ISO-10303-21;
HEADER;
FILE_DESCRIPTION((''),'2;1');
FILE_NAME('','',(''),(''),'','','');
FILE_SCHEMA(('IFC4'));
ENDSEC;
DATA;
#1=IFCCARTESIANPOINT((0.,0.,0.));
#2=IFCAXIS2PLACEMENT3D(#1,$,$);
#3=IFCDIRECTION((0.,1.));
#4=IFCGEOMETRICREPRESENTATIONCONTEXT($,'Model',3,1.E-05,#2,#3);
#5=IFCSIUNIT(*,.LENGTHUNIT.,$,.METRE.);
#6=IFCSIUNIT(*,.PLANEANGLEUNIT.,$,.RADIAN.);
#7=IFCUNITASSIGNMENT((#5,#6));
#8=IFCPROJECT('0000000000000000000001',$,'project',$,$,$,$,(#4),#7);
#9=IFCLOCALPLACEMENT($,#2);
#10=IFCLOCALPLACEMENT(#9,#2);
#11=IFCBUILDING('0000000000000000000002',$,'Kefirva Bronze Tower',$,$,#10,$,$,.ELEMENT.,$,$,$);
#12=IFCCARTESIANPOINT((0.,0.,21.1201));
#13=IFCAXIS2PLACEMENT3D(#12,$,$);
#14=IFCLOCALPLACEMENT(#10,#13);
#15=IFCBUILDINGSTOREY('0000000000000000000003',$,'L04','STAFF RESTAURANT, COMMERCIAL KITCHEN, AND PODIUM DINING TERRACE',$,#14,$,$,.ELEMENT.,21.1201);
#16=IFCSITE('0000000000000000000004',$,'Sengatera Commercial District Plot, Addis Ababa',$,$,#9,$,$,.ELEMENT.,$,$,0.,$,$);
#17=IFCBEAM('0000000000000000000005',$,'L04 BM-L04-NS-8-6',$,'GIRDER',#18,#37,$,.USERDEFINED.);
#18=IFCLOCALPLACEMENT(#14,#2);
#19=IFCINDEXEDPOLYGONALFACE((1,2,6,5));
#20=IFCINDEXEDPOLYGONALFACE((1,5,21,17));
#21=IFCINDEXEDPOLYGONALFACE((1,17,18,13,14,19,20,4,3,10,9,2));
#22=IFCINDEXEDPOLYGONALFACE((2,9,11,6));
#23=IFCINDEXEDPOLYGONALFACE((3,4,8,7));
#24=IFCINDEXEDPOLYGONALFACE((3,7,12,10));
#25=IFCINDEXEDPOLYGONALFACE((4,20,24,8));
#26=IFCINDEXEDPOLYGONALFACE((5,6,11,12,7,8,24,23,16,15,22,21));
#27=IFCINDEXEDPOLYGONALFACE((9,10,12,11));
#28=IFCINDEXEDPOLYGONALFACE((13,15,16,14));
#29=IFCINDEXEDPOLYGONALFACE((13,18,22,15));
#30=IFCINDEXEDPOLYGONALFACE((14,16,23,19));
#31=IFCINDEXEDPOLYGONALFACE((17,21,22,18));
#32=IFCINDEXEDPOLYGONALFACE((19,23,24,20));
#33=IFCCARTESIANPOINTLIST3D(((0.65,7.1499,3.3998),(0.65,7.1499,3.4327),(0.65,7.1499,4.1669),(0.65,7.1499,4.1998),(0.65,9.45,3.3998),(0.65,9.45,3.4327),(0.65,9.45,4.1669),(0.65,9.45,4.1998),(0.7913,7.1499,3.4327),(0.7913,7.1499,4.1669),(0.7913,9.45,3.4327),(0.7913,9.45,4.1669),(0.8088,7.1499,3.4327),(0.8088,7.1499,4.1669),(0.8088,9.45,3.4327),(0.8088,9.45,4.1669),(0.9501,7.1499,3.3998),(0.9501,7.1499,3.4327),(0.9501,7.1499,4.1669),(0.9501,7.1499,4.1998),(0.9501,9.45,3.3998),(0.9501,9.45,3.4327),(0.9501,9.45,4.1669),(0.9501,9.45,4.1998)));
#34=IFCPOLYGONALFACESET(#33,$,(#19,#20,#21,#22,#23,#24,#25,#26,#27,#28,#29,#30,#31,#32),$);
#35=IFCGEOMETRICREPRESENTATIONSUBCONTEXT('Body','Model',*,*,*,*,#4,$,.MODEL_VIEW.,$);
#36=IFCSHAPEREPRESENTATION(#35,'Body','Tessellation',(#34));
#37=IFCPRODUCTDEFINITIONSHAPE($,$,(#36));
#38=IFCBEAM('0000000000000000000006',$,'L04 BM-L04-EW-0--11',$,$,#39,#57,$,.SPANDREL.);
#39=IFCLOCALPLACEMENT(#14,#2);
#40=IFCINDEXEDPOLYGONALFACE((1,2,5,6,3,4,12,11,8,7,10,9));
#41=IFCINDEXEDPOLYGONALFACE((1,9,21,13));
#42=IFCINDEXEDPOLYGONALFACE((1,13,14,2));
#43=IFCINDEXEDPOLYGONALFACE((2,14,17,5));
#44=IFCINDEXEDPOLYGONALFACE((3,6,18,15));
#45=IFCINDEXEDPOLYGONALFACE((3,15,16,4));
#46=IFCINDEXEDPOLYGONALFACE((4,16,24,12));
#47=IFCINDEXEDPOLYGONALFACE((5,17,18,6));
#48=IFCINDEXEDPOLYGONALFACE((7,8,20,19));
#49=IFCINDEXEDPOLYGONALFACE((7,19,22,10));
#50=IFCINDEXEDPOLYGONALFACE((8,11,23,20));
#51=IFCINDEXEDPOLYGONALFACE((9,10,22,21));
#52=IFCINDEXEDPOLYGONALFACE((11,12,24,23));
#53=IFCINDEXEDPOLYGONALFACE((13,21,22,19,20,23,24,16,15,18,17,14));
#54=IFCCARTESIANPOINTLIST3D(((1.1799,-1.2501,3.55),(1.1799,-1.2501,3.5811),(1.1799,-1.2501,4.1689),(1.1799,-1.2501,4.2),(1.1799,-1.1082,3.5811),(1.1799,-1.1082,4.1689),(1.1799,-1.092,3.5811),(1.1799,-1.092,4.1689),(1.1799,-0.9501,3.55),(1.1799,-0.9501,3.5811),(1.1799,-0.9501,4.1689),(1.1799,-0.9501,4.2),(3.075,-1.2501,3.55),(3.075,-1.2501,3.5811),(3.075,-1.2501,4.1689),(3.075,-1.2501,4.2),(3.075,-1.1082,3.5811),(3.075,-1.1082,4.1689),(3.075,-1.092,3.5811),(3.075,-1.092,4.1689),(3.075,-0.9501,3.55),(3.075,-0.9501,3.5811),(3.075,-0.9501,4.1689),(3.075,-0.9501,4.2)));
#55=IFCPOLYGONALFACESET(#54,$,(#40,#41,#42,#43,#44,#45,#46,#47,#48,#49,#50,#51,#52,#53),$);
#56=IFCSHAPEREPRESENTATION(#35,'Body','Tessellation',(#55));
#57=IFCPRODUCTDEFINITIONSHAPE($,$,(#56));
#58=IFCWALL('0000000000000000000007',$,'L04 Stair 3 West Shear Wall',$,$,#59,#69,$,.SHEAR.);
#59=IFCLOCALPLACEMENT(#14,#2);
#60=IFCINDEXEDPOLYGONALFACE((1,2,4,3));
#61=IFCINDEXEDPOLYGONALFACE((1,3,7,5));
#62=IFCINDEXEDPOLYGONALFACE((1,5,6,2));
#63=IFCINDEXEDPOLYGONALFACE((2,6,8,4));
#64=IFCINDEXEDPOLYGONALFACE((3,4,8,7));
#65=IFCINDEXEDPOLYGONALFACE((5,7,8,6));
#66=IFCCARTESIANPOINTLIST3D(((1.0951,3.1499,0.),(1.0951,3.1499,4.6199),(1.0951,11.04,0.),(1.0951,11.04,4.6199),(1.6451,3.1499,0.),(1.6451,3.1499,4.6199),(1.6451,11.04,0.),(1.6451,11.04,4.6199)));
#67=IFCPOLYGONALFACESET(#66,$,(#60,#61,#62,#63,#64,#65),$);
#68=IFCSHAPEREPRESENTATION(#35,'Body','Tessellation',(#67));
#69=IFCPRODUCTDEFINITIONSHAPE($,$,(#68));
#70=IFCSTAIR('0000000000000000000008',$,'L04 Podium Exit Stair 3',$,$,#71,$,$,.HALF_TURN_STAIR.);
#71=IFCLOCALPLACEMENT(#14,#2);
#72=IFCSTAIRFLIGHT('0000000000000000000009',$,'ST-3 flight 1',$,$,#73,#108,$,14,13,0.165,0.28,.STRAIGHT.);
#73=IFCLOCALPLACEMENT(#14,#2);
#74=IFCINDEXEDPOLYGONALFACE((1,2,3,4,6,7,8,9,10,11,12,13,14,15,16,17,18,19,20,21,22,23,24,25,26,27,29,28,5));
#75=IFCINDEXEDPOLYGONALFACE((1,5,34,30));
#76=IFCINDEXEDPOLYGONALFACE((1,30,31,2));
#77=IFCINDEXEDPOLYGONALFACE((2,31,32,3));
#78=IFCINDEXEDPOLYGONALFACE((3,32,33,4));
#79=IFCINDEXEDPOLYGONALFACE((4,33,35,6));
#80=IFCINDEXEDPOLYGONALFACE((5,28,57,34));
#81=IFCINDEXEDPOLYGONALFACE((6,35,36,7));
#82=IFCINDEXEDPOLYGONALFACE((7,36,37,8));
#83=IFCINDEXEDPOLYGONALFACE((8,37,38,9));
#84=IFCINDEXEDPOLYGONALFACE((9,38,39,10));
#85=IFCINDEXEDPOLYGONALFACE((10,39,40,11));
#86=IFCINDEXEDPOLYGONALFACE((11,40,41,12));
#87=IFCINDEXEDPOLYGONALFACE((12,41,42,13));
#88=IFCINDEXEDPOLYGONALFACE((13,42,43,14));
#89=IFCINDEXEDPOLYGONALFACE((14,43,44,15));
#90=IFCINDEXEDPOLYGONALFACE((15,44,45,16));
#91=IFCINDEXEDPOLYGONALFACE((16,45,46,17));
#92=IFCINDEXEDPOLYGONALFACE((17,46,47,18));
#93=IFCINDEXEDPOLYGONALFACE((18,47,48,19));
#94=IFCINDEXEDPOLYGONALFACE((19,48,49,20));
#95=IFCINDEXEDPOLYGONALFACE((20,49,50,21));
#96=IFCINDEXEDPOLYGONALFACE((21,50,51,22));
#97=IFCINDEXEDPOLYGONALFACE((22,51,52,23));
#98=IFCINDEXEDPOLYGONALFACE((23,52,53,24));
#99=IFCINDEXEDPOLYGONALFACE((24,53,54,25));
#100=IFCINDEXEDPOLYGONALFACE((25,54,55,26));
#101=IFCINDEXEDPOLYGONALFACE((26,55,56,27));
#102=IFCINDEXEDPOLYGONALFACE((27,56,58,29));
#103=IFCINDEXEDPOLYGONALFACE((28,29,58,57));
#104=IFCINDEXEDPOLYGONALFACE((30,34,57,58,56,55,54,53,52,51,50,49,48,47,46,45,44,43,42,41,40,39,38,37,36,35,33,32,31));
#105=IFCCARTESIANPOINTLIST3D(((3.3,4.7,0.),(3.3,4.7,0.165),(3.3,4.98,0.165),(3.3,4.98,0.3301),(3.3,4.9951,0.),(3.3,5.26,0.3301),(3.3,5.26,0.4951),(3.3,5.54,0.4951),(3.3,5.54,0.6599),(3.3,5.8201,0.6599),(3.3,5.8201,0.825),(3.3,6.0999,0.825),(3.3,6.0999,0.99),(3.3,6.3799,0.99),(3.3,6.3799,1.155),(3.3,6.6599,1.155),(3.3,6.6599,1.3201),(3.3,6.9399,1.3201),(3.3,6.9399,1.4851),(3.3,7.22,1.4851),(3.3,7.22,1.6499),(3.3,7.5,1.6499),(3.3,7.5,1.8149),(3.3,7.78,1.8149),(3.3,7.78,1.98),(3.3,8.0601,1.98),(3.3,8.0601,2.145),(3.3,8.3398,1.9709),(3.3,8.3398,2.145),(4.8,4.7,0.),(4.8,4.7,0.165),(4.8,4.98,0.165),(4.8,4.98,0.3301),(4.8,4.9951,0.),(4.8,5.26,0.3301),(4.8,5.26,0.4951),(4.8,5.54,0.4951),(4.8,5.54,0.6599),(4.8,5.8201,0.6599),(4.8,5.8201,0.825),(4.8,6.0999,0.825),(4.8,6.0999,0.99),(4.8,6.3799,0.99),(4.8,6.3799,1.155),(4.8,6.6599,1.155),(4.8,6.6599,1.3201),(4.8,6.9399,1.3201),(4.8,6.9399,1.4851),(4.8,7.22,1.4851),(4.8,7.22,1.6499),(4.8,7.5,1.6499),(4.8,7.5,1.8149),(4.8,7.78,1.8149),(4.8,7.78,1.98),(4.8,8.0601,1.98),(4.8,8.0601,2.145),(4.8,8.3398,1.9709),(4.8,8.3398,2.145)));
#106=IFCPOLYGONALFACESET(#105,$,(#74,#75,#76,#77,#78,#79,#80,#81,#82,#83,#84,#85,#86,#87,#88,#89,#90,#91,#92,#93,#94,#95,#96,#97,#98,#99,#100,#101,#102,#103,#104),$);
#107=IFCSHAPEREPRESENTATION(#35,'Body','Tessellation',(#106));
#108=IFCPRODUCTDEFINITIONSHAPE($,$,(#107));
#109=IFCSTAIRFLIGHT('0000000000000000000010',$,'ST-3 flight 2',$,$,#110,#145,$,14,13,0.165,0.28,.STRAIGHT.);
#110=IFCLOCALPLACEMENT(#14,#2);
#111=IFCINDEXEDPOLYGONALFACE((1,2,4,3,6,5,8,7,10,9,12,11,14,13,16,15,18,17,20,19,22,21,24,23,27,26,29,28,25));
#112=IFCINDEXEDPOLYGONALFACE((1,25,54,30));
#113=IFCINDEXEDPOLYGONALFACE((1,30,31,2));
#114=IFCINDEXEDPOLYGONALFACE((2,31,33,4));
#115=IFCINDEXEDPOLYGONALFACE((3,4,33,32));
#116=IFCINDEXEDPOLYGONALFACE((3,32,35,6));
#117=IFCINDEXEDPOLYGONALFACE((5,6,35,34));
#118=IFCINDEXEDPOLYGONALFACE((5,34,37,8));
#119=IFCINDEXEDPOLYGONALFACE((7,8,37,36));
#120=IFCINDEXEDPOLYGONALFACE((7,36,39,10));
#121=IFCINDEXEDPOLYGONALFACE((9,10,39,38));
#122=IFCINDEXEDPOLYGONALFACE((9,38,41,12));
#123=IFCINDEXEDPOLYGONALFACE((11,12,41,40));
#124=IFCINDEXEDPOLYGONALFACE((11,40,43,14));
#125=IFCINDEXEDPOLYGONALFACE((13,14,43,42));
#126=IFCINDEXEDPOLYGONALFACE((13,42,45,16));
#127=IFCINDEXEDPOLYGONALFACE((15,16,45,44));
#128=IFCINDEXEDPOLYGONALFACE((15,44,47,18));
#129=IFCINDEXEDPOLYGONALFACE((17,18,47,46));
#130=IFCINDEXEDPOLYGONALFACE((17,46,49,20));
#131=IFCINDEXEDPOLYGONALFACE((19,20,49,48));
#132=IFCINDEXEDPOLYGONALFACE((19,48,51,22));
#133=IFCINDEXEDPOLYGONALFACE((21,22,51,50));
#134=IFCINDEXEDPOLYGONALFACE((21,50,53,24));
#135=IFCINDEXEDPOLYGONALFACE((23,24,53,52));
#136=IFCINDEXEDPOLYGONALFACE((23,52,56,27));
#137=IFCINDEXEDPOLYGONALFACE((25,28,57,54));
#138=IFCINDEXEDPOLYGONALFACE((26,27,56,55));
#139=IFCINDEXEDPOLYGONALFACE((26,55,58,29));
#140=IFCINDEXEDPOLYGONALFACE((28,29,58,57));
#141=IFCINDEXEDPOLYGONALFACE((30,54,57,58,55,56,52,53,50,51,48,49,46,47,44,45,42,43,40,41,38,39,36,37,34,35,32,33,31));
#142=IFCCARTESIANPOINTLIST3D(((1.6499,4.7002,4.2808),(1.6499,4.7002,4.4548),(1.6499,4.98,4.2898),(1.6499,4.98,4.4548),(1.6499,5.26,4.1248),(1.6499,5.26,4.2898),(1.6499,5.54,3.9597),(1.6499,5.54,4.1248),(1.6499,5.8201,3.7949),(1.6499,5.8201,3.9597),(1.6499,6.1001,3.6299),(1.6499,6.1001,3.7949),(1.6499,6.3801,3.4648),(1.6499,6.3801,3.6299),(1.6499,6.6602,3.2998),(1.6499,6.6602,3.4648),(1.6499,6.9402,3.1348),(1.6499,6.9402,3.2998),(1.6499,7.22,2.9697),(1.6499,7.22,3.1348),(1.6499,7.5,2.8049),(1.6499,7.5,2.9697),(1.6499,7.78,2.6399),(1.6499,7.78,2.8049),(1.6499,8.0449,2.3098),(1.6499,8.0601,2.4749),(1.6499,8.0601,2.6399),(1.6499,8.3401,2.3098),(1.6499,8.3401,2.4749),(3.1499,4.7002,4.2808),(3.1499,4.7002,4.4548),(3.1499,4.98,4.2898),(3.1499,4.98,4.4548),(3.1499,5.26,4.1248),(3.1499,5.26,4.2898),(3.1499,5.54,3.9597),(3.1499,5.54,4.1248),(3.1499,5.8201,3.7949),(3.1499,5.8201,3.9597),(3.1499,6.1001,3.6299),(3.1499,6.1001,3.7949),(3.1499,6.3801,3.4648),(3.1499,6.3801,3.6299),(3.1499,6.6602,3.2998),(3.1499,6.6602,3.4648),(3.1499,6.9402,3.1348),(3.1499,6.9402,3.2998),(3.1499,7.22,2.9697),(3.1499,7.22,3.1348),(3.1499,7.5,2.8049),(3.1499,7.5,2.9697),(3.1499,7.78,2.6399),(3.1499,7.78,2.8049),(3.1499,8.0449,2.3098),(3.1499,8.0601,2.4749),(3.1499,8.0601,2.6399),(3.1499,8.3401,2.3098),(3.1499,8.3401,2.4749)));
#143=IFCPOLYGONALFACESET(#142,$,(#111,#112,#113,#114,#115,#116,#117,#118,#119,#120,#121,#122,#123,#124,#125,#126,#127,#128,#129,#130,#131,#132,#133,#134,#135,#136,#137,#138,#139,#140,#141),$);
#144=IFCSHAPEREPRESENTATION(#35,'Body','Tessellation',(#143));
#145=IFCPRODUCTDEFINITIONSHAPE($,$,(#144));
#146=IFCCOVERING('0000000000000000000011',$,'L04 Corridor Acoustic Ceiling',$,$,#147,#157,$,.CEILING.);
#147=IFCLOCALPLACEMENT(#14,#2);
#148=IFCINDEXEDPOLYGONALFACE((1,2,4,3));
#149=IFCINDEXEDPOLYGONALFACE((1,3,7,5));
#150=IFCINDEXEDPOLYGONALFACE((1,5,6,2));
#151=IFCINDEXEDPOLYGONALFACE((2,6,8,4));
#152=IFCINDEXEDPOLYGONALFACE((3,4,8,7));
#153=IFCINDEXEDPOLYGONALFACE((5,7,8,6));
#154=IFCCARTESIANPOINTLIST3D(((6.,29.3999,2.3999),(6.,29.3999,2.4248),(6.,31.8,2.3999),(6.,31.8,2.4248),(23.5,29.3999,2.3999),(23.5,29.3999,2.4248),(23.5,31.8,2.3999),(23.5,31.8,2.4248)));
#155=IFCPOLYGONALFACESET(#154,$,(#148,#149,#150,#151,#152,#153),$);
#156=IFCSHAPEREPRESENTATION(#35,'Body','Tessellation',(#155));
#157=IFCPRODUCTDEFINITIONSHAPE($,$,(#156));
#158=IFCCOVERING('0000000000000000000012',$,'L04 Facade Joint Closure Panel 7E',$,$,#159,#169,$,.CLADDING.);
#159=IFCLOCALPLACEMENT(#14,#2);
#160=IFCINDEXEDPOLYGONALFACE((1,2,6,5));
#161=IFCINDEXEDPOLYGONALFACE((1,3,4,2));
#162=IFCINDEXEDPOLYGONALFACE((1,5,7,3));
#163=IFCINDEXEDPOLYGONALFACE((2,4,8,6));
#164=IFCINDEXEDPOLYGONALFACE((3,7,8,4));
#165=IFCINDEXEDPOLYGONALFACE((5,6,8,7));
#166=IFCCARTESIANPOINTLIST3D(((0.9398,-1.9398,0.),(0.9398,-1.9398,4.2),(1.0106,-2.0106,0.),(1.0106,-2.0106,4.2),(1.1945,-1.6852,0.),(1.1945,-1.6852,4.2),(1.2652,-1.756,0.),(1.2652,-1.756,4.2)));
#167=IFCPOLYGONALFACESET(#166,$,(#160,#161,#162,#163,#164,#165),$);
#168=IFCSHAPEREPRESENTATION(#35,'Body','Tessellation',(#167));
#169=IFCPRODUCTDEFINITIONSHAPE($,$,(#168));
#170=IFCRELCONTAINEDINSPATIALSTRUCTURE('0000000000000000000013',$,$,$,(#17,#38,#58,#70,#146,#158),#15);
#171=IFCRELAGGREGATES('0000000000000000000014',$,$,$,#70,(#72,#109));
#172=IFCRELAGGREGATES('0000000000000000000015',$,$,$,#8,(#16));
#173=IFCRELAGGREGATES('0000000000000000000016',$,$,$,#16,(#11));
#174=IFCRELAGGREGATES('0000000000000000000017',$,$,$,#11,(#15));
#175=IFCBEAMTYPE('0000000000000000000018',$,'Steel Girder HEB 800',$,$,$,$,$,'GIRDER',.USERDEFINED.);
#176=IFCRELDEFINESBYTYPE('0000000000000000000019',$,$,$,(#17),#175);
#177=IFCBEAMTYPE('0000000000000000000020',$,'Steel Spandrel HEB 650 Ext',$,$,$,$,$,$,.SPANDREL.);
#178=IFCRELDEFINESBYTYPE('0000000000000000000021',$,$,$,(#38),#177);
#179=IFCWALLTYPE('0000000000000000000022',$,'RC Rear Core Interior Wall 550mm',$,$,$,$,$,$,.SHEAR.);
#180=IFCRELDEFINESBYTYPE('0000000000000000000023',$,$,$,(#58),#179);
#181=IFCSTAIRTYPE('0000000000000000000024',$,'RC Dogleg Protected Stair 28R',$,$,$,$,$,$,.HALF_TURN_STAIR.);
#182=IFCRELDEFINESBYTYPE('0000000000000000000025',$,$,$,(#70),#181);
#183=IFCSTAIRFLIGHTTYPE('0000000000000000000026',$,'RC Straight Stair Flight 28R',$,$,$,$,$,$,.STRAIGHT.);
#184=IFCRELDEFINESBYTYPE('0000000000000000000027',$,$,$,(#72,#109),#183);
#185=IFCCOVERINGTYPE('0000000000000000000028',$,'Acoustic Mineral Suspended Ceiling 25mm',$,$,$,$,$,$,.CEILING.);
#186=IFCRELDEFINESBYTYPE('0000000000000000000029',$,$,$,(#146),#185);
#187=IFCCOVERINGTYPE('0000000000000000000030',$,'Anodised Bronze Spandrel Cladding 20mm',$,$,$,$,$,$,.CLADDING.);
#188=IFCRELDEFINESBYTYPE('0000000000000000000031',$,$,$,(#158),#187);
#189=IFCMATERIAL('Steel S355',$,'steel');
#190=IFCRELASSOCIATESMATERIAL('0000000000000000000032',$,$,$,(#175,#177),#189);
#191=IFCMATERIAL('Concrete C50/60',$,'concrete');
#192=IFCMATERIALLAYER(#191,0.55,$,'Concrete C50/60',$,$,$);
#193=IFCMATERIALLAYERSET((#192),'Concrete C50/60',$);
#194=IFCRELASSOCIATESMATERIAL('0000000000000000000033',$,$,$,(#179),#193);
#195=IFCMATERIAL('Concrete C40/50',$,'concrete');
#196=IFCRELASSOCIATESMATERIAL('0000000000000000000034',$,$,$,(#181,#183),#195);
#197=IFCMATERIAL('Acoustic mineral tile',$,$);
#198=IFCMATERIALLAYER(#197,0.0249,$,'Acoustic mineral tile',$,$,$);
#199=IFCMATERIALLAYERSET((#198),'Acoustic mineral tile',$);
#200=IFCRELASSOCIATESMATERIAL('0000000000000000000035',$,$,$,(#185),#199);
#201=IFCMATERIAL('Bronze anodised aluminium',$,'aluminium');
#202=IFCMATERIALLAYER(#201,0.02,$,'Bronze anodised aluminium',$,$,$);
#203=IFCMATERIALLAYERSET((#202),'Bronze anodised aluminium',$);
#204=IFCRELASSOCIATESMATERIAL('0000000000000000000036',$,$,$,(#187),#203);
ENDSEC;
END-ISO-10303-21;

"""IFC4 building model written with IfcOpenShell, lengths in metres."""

from ifc_helpers import new_model, si_unit, direction, frame, frame_2d, origin, origin_2d, place, context, subcontext, project, spatial, polyline, rectangle, i_section, outline, extrude, material, layer, layer_set, material_profile, profile_set, type_object, element, aggregate, save


model = new_model("IFC4")

# Units and contexts
model_context = context("Model", 3, precision=1e-05, world=origin(), true_north=direction((0.0, 1.0)))
body_context = subcontext(model_context, "Body", "Model", "MODEL_VIEW")
ifc_project = project(units=[si_unit("LENGTHUNIT", "METRE"), si_unit("PLANEANGLEUNIT", "RADIAN")], contexts=[model_context])

# Site, building, storey
site_placement = place(None, origin())
site = spatial("IfcSite", under=ifc_project, at=site_placement, Name="Sengatera Commercial District Plot, Addis Ababa", CompositionType="ELEMENT", RefElevation=0.0)
building_placement = place(site_placement, origin())
building = spatial("IfcBuilding", under=site, at=building_placement, Name="Kefirva Bronze Tower", CompositionType="ELEMENT")
storey_placement = place(building_placement, frame((0.0, 0.0, 21.1201)))
storey = spatial("IfcBuildingStorey", under=building, at=storey_placement, Name="L04", Description="STAFF RESTAURANT, COMMERCIAL KITCHEN, AND PODIUM DINING TERRACE", CompositionType="ELEMENT", Elevation=21.1201)

# Shared definitions
ifc_material_1 = material(Name="Bronze anodised aluminium", Category="aluminium")

# Beams
ifc_material_2 = material(Name="Concrete C50/60", Category="concrete")
ifc_material_3 = material(Name="Steel S355", Category="steel")
ifc_material_profile_1 = material_profile(ifc_material_3, i_section(OverallWidth=0.3, OverallDepth=0.8, WebThickness=0.0176, FlangeThickness=0.033, at=origin_2d()), Name="HEB 800")
ifc_profile_set_1 = profile_set([ifc_material_profile_1], Name="Steel S355")
beam_type_1 = type_object("IfcBeamType", Name="Steel Girder HEB 800", ElementType="GIRDER", PredefinedType="USERDEFINED", material=ifc_profile_set_1)
beam_1_placement = place(storey_placement, frame((0.8, 7.1499, 3.7998), z_axis=(0.0, 1.0, 0.0), x_axis=(-1.0, 0.0, 0.0)))
element("IfcBeam", 1, at=beam_1_placement, inside=storey, type_object=beam_type_1, Name="L04 BM-L04-NS-8-6", ObjectType="GIRDER", PredefinedType="USERDEFINED", context=body_context, shape_type="SweptSolid", body=[
    extrude(i_section(OverallWidth=0.3, OverallDepth=0.8, WebThickness=0.0176, FlangeThickness=0.033, at=origin_2d()), origin(), (0.0, 0.0, 1.0), 2.3),
])
ifc_material_profile_2 = material_profile(ifc_material_3, i_section(OverallWidth=0.3, OverallDepth=0.6499, WebThickness=0.0161, FlangeThickness=0.031, at=origin_2d()), Name="HEB 650")
ifc_profile_set_2 = profile_set([ifc_material_profile_2], Name="Steel S355")
beam_type_2 = type_object("IfcBeamType", Name="Steel Spandrel HEB 650 Ext", PredefinedType="SPANDREL", material=ifc_profile_set_2)
beam_2_placement = place(storey_placement, frame((1.1799, -1.1001, 3.875), z_axis=(1.0, 0.0, 0.0), x_axis=(0.0, 1.0, 0.0)))
element("IfcBeam", 2, at=beam_2_placement, inside=storey, type_object=beam_type_2, Name="L04 BM-L04-EW-0--11", PredefinedType="SPANDREL", context=body_context, shape_type="SweptSolid", body=[
    extrude(i_section(OverallWidth=0.3, OverallDepth=0.6499, WebThickness=0.0161, FlangeThickness=0.031, at=origin_2d()), origin(), (0.0, 0.0, 1.0), 1.895),
])

# Wall
ifc_layer_1 = layer(ifc_material_2, 0.55, Name="Concrete C50/60")
ifc_layer_set_1 = layer_set([ifc_layer_1], Name="Concrete C50/60")
wall_type_1 = type_object("IfcWallType", Name="RC Rear Core Interior Wall 550mm", PredefinedType="SHEAR", material=ifc_layer_set_1)
wall_1_placement = place(storey_placement, frame((1.3701, 3.1499, 0.0), z_axis=(0.0, 0.0, 1.0), x_axis=(0.0, 1.0, 0.0)))
element("IfcWall", 3, at=wall_1_placement, inside=storey, type_object=wall_type_1, Name="L04 Stair 3 West Shear Wall", PredefinedType="SHEAR", context=body_context, shape_type="SweptSolid", body=[
    extrude(rectangle(XDim=7.8901, YDim=0.55, at=frame_2d((3.9451, 0.0))), origin(), (0.0, 0.0, 1.0), 4.6199),
])

# Stair, stair flights
ifc_material_4 = material(Name="Concrete C40/50", Category="concrete")
stair_type = type_object("IfcStairType", Name="RC Dogleg Protected Stair 28R", PredefinedType="HALF_TURN_STAIR", material=ifc_material_4)
stair_placement = place(storey_placement, origin())
stair = element("IfcStair", 4, at=stair_placement, inside=storey, type_object=stair_type, Name="L04 Podium Exit Stair 3", PredefinedType="HALF_TURN_STAIR")
stair_flight_type = type_object("IfcStairFlightType", Name="RC Straight Stair Flight 28R", PredefinedType="STRAIGHT", material=ifc_material_4)
stair_flight_1_placement = place(storey_placement, frame((4.05, 4.7, 0.0), z_axis=(0.0, 0.0, 1.0), x_axis=(0.0, 1.0, 0.0)))
stair_flight_1 = element("IfcStairFlight", 5, at=stair_flight_1_placement, type_object=stair_flight_type, Name="ST-3 flight 1", NumberOfRisers=14, NumberOfTreads=13, PredefinedType="STRAIGHT", RiserHeight=0.165, TreadLength=0.28, context=body_context, shape_type="SweptSolid", body=[
    extrude(outline(polyline([(0.0, 0.0), (0.0, 0.165), (0.28, 0.165), (0.28, 0.3301), (0.5601, 0.3301), (0.5601, 0.4951), (0.8401, 0.4951), (0.8401, 0.6599), (1.1201, 0.6599), (1.1201, 0.825), (1.3999, 0.825), (1.3999, 0.99), (1.6799, 0.99), (1.6799, 1.155), (1.96, 1.155), (1.96, 1.3201), (2.24, 1.3201), (2.24, 1.4851), (2.52, 1.4851), (2.52, 1.6499), (2.8, 1.6499), (2.8, 1.8149), (3.0801, 1.8149), (3.0801, 1.98), (3.3601, 1.98), (3.3601, 2.145), (3.6399, 2.145), (3.6399, 2.3101), (3.6399, 1.9709), (0.2952, 0.0), (0.0, 0.0)])), frame((0.0, 0.75, 0.0), z_axis=(0.0, -1.0, 0.0), x_axis=(1.0, 0.0, 0.0)), (0.0, 0.0, 1.0), 1.5),
])
stair_flight_2_placement = place(storey_placement, frame((2.3999, 8.3401, 2.3098), z_axis=(0.0, 0.0, 1.0), x_axis=(0.0, -1.0, 0.0)))
stair_flight_2 = element("IfcStairFlight", 6, at=stair_flight_2_placement, type_object=stair_flight_type, Name="ST-3 flight 2", NumberOfRisers=14, NumberOfTreads=13, PredefinedType="STRAIGHT", RiserHeight=0.165, TreadLength=0.28, context=body_context, shape_type="SweptSolid", body=[
    extrude(outline(polyline([(0.0, 0.0), (0.0, 0.165), (0.28, 0.165), (0.28, 0.3301), (0.5601, 0.3301), (0.5601, 0.4951), (0.8401, 0.4951), (0.8401, 0.6599), (1.1201, 0.6599), (1.1201, 0.825), (1.3999, 0.825), (1.3999, 0.99), (1.6799, 0.99), (1.6799, 1.155), (1.96, 1.155), (1.96, 1.3201), (2.24, 1.3201), (2.24, 1.4851), (2.52, 1.4851), (2.52, 1.6499), (2.8, 1.6499), (2.8, 1.8149), (3.0801, 1.8149), (3.0801, 1.98), (3.3601, 1.98), (3.3601, 2.145), (3.6399, 2.145), (3.6399, 2.3101), (3.6399, 1.9709), (0.2952, 0.0), (0.0, 0.0)])), frame((0.0, 0.75, 0.0), z_axis=(0.0, -1.0, 0.0), x_axis=(1.0, 0.0, 0.0)), (0.0, 0.0, 1.0), 1.5),
])
aggregate(stair, [stair_flight_1, stair_flight_2])

# Coverings
ifc_material_5 = material(Name="Acoustic mineral tile")
ifc_layer_2 = layer(ifc_material_5, 0.0249, Name="Acoustic mineral tile")
ifc_layer_set_2 = layer_set([ifc_layer_2], Name="Acoustic mineral tile")
covering_type_1 = type_object("IfcCoveringType", Name="Acoustic Mineral Suspended Ceiling 25mm", PredefinedType="CEILING", material=ifc_layer_set_2)
covering_1_placement = place(storey_placement, frame((0.0, 0.0, 2.3999)))
element("IfcCovering", 7, at=covering_1_placement, inside=storey, type_object=covering_type_1, Name="L04 Corridor Acoustic Ceiling", PredefinedType="CEILING", context=body_context, shape_type="SweptSolid", body=[
    extrude(outline(polyline([(6.0, 29.3999), (23.5, 29.3999), (23.5, 31.8), (6.0, 31.8), (6.0, 29.3999)])), origin(), (0.0, 0.0, 1.0), 0.0249),
])
ifc_layer_3 = layer(ifc_material_1, 0.02, Name="Bronze anodised aluminium")
ifc_layer_set_3 = layer_set([ifc_layer_3], Name="Bronze anodised aluminium")
covering_type_2 = type_object("IfcCoveringType", Name="Anodised Bronze Spandrel Cladding 20mm", PredefinedType="CLADDING", material=ifc_layer_set_3)
covering_2_placement = place(storey_placement, frame((1.1025, -1.8479, 0.0), z_axis=(0.0, 0.0, 1.0), x_axis=(0.707107, -0.707107, 0.0)))
element("IfcCovering", 8, at=covering_2_placement, inside=storey, type_object=covering_type_2, Name="L04 Facade Joint Closure Panel 7E", PredefinedType="CLADDING", context=body_context, shape_type="SweptSolid", body=[
    extrude(rectangle(XDim=0.1001, YDim=0.3601, at=origin_2d()), origin(), (0.0, 0.0, 1.0), 4.2),
])

save(model, "model.ifc")
